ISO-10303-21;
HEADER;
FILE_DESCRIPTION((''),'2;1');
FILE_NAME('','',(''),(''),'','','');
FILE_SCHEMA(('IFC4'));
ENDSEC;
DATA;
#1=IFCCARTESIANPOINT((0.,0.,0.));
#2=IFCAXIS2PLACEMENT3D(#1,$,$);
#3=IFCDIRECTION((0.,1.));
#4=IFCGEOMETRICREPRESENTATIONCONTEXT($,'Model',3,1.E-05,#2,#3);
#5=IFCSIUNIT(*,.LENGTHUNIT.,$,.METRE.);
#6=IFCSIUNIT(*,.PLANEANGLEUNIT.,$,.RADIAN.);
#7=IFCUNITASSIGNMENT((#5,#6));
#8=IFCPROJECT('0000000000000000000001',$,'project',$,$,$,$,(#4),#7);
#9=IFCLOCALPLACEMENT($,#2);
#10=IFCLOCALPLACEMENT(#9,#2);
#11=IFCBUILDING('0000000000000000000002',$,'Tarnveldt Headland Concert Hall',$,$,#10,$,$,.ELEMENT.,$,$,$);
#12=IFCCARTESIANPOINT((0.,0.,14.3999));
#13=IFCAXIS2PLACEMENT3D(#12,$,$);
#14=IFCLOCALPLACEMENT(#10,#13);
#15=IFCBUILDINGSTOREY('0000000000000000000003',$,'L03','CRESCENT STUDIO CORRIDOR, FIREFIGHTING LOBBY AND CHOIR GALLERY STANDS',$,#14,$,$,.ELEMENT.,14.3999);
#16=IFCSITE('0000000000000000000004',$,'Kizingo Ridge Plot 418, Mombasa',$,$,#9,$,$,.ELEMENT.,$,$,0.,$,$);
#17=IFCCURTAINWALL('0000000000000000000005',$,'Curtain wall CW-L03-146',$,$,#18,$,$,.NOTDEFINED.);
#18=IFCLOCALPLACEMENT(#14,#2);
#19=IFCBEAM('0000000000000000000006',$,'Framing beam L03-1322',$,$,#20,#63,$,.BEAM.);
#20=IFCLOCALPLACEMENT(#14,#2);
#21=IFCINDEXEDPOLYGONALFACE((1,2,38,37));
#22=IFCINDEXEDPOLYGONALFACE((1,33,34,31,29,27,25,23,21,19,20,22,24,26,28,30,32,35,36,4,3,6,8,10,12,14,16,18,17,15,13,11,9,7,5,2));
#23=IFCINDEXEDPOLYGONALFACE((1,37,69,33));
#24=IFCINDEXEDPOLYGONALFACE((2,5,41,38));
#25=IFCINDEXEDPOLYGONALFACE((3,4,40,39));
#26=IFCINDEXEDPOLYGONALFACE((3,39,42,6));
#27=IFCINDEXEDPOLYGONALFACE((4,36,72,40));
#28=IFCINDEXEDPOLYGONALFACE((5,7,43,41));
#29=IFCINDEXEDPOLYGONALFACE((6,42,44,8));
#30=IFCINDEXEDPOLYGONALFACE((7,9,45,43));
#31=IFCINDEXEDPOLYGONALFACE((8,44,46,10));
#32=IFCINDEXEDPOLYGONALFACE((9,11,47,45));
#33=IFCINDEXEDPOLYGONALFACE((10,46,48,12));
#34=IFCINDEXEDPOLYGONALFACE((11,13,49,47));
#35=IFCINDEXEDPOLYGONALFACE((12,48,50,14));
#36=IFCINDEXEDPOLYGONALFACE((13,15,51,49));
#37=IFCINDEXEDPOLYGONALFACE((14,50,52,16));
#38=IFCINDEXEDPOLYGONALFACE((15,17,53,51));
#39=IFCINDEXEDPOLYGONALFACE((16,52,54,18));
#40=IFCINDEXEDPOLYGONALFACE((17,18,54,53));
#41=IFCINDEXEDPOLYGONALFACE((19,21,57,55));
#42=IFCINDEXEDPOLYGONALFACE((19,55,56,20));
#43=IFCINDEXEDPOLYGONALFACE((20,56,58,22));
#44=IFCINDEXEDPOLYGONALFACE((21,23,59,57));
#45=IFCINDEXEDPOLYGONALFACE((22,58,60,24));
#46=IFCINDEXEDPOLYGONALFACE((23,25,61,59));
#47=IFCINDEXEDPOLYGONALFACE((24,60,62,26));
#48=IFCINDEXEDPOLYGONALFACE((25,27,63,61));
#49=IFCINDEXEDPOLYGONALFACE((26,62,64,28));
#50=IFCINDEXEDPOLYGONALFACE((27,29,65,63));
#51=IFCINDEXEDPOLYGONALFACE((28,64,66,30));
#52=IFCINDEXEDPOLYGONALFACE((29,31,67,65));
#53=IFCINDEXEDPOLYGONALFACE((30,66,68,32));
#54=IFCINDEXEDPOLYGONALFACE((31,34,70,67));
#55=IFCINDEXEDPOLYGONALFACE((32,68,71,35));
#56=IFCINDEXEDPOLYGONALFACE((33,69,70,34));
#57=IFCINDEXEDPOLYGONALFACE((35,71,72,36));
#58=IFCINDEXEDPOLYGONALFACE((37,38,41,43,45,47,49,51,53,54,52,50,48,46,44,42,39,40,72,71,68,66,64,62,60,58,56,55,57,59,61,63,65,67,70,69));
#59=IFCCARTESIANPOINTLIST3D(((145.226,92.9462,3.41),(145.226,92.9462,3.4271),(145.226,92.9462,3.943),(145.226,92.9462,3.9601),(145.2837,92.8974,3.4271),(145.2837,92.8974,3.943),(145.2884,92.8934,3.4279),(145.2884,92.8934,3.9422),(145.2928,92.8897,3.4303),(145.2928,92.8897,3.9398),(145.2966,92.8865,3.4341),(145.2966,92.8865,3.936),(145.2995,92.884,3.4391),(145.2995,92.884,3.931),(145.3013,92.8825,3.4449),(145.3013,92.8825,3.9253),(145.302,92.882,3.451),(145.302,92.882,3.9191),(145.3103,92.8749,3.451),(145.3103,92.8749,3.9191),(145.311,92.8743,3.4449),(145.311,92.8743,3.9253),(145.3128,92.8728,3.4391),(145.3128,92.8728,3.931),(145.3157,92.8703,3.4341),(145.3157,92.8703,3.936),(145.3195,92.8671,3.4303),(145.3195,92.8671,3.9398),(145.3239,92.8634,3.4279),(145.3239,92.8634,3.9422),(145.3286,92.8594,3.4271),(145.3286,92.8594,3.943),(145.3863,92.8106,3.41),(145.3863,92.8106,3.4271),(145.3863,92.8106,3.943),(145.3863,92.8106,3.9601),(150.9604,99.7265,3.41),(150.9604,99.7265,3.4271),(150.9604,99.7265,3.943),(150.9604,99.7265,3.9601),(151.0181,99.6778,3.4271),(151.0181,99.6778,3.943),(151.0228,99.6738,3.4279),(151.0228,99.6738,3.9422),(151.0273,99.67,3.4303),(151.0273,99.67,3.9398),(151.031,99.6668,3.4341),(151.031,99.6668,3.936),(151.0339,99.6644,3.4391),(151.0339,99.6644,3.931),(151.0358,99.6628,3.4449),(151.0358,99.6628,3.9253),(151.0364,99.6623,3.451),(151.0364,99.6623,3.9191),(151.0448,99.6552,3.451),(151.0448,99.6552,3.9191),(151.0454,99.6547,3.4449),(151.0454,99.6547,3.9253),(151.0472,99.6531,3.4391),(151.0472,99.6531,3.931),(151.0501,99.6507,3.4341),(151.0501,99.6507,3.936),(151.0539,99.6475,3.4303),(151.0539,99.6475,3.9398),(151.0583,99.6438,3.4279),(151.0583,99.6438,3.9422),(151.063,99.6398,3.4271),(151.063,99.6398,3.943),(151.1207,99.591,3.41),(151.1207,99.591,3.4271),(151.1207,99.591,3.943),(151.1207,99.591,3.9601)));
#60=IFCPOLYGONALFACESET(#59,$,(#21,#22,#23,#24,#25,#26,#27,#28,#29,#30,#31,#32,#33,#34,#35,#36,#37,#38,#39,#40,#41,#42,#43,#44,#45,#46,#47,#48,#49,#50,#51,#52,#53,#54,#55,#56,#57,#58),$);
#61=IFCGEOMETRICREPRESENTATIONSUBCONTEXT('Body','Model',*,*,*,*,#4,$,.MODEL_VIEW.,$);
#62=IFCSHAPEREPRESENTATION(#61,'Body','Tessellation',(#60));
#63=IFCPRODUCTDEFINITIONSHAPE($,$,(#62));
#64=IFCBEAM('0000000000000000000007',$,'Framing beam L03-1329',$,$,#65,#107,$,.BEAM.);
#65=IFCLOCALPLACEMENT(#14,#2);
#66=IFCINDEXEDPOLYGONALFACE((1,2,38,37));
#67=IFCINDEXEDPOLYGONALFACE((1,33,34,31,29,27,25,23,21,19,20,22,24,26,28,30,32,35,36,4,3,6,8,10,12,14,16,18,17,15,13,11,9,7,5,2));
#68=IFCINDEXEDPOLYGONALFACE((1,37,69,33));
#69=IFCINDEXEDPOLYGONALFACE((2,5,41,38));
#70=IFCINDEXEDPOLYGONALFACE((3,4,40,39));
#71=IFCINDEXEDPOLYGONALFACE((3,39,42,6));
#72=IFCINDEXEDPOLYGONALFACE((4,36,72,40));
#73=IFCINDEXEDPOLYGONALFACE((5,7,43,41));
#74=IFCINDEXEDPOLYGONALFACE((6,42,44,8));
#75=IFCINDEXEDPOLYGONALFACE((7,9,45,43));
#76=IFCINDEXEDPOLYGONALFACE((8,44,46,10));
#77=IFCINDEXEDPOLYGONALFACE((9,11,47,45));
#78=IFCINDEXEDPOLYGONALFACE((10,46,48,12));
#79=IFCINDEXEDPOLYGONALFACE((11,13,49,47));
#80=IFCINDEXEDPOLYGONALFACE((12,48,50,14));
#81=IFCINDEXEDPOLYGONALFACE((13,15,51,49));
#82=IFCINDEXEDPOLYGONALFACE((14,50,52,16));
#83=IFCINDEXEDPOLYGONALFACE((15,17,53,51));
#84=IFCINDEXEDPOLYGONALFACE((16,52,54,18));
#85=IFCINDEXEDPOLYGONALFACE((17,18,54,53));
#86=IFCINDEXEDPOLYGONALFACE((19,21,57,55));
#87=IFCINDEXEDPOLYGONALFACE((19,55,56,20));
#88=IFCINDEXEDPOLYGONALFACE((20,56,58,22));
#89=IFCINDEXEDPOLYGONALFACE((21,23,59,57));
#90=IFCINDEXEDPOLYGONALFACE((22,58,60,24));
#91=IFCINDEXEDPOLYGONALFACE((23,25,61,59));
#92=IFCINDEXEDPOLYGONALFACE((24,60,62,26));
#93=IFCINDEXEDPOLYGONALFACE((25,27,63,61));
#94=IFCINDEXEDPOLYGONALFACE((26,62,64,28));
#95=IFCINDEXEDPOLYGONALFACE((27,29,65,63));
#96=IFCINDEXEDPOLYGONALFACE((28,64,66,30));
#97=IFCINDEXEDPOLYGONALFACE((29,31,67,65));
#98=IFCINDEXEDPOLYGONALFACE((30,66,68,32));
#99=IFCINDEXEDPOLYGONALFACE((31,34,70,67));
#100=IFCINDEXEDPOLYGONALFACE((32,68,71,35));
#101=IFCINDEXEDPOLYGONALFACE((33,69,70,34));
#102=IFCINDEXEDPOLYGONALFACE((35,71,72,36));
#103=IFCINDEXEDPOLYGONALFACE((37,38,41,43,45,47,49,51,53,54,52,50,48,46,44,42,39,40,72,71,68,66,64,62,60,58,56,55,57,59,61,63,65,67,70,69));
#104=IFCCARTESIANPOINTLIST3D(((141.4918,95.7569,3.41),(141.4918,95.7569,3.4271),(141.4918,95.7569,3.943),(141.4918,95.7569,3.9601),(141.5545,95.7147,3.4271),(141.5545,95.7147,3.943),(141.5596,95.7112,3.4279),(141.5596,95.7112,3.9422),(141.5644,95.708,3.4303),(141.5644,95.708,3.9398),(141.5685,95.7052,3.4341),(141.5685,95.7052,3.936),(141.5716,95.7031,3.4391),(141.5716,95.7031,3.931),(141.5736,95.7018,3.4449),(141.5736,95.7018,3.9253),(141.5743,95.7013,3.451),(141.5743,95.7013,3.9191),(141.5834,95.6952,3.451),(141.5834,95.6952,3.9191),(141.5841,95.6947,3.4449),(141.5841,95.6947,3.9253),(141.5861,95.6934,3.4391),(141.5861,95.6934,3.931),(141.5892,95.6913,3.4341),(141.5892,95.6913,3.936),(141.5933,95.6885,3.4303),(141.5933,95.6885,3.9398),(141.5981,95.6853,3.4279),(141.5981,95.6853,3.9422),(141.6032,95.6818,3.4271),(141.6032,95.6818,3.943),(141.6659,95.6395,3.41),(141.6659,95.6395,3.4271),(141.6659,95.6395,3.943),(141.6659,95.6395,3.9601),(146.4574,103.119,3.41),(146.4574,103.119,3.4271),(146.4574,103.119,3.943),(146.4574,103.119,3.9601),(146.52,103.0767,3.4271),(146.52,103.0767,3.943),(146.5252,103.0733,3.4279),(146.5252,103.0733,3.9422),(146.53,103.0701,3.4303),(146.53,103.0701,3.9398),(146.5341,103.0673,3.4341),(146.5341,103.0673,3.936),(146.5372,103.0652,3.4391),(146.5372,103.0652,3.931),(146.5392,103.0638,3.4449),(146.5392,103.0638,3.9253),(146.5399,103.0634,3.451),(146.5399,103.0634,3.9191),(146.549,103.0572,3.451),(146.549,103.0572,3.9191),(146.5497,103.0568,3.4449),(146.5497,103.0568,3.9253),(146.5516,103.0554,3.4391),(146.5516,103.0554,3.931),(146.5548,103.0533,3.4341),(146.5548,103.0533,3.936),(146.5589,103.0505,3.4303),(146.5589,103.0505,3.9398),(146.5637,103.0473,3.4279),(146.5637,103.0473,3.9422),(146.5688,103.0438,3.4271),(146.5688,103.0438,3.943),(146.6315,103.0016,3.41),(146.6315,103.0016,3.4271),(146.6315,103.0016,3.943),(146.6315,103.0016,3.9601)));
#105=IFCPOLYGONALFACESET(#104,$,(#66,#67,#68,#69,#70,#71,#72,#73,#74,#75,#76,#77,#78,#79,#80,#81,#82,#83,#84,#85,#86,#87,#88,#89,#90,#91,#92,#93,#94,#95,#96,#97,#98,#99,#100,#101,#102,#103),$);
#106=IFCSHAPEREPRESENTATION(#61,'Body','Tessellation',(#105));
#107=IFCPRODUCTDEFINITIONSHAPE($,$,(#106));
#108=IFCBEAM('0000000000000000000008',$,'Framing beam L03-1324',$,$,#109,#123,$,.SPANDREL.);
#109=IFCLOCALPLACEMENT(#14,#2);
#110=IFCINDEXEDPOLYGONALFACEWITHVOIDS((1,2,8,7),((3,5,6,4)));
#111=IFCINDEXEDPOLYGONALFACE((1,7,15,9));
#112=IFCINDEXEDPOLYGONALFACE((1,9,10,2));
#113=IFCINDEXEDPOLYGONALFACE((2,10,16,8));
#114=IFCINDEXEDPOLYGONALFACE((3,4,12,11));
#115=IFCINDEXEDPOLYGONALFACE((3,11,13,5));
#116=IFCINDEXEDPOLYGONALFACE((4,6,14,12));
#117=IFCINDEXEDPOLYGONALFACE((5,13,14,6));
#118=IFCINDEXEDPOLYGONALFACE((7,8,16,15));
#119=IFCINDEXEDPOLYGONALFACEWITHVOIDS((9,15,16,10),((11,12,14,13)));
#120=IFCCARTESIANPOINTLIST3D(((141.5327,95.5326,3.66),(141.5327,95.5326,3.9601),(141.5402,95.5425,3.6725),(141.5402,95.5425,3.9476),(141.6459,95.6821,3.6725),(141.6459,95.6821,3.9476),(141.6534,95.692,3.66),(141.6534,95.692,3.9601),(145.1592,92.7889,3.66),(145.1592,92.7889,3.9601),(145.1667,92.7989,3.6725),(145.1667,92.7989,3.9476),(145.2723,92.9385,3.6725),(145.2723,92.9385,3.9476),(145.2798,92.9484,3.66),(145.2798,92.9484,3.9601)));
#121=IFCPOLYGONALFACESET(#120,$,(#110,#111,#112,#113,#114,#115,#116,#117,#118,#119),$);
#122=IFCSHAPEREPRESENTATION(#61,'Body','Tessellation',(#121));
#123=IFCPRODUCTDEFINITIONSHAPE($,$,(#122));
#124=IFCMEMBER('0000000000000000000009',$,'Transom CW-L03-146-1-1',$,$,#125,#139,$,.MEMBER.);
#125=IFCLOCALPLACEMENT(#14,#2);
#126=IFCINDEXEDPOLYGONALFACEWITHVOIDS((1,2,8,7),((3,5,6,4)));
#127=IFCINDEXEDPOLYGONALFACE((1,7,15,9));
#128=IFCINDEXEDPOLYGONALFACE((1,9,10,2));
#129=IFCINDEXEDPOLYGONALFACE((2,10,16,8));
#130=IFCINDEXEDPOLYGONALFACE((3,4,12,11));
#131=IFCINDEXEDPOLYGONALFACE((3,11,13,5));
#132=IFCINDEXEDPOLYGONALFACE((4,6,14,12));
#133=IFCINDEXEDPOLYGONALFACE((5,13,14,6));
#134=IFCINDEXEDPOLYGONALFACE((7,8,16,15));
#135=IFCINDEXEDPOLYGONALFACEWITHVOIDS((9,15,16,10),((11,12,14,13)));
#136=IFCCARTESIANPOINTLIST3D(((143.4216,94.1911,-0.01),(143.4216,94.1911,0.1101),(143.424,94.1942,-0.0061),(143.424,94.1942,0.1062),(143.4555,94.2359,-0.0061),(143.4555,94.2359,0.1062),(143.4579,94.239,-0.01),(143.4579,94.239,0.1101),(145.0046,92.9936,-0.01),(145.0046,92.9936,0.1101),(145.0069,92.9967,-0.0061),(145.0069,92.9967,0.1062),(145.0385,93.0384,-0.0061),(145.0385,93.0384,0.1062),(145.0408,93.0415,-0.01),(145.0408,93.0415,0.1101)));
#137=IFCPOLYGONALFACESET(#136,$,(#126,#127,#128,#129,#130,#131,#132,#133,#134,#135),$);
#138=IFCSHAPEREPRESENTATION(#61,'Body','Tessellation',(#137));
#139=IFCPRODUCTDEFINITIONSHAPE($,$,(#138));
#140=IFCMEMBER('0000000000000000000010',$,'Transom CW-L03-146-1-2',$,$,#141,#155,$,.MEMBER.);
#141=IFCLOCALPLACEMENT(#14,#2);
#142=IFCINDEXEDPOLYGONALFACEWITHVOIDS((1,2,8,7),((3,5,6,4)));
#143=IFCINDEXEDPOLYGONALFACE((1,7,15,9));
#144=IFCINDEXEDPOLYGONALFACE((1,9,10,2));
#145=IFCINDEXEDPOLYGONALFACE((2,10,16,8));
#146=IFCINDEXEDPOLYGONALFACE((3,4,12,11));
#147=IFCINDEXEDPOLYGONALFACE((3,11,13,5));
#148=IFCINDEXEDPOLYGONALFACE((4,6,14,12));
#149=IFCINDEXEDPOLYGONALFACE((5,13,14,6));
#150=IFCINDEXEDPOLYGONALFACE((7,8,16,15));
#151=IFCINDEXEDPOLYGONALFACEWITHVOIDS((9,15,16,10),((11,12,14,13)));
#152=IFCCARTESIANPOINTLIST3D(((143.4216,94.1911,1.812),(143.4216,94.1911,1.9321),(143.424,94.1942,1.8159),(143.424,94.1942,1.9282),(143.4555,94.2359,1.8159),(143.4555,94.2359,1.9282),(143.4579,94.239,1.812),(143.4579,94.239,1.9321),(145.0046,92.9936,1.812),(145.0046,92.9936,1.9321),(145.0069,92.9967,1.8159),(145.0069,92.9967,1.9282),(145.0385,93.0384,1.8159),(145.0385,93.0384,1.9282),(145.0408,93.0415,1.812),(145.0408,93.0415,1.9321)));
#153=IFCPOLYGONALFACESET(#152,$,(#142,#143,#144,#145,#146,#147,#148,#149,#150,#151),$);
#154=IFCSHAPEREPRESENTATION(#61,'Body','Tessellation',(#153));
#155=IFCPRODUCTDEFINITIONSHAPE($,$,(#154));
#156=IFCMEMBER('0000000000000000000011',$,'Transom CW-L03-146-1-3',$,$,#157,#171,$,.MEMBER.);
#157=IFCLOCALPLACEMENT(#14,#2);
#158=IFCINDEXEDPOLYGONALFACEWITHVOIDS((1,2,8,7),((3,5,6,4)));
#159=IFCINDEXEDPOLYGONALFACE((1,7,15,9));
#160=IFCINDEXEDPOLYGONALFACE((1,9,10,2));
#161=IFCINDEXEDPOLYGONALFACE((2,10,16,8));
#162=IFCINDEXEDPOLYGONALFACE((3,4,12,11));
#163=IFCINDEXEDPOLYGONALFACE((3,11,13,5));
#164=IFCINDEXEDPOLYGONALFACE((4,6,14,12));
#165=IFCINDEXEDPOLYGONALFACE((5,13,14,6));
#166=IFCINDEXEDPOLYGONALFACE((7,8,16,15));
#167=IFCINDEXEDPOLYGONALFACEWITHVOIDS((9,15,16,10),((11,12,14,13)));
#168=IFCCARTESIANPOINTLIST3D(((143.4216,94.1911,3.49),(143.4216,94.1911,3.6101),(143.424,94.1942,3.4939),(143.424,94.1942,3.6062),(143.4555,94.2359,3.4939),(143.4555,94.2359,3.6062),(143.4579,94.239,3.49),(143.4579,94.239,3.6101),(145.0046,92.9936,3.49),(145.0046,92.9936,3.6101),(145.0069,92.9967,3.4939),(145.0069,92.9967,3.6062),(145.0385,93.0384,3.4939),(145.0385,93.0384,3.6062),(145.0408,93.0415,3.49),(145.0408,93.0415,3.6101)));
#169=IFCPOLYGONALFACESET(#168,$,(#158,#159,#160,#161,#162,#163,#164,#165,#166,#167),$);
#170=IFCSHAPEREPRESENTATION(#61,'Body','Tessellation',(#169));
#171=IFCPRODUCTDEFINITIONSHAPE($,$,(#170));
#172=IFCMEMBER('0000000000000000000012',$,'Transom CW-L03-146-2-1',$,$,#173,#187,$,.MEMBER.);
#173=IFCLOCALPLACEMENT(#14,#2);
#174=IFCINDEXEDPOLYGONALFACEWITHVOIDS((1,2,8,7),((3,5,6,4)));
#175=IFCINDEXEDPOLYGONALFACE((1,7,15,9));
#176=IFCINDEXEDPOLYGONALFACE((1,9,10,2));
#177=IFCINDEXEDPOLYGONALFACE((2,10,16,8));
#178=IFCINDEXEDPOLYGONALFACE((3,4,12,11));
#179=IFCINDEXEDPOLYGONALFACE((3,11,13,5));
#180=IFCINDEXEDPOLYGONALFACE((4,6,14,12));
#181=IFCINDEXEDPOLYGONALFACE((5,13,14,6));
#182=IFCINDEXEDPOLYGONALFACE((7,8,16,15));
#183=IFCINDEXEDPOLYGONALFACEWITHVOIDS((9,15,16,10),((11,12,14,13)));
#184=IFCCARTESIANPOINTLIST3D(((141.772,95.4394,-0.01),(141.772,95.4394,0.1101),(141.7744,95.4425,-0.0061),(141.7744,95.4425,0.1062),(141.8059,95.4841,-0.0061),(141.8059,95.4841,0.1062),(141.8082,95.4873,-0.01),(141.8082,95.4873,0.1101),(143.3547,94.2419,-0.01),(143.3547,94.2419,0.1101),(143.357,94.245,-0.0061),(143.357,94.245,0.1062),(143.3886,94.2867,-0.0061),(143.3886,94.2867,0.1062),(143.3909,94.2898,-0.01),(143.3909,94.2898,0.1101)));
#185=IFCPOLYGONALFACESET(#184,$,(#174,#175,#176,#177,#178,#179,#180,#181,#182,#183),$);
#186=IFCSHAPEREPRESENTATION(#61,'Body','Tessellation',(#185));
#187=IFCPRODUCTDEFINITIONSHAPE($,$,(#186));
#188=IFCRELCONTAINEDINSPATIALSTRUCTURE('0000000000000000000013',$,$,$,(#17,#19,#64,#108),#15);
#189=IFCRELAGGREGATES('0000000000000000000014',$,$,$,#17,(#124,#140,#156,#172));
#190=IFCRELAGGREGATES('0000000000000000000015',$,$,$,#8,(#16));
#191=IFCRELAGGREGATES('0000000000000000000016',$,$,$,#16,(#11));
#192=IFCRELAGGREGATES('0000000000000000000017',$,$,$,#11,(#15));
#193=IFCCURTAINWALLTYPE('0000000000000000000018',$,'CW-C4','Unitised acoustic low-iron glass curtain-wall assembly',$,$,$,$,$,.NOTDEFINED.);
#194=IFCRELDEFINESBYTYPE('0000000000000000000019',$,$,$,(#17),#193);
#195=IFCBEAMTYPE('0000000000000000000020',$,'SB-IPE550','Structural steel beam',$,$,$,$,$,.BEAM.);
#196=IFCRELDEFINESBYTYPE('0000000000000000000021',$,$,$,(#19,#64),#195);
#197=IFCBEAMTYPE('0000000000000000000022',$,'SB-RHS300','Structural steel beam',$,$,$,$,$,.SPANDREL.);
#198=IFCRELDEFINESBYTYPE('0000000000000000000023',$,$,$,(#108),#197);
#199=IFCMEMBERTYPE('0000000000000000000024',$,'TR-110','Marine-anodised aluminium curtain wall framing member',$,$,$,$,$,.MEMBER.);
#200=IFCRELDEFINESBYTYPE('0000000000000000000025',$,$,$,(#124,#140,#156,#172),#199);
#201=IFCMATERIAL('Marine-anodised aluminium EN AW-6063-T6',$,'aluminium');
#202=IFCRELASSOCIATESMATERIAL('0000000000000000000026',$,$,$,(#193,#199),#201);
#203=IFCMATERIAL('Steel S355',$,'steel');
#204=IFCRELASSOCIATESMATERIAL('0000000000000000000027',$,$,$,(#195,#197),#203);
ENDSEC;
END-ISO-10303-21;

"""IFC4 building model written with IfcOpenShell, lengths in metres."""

from ifc_helpers import new_model, si_unit, direction, frame, origin, origin_2d, place, context, subcontext, project, spatial, hollow_rectangle, i_section, extrude, material, material_profile, profile_set, type_object, element, aggregate, save


model = new_model("IFC4")

# Units and contexts
model_context = context("Model", 3, precision=1e-05, world=origin(), true_north=direction((0.0, 1.0)))
body_context = subcontext(model_context, "Body", "Model", "MODEL_VIEW")
ifc_project = project(units=[si_unit("LENGTHUNIT", "METRE"), si_unit("PLANEANGLEUNIT", "RADIAN")], contexts=[model_context])

# Site, building, storey
site_placement = place(None, origin())
site = spatial("IfcSite", under=ifc_project, at=site_placement, Name="Kizingo Ridge Plot 418, Mombasa", CompositionType="ELEMENT", RefElevation=0.0)
building_placement = place(site_placement, origin())
building = spatial("IfcBuilding", under=site, at=building_placement, Name="Tarnveldt Headland Concert Hall", CompositionType="ELEMENT")
storey_placement = place(building_placement, frame((0.0, 0.0, 14.3999)))
storey = spatial("IfcBuildingStorey", under=building, at=storey_placement, Name="L03", Description="CRESCENT STUDIO CORRIDOR, FIREFIGHTING LOBBY AND CHOIR GALLERY STANDS", CompositionType="ELEMENT", Elevation=14.3999)

# Shared definitions
ifc_material_1 = material(Name="Steel S355", Category="steel")

# Shared definitions
ifc_material_2 = material(Name="Marine-anodised aluminium EN AW-6063-T6", Category="aluminium")
curtain_wall_type = type_object("IfcCurtainWallType", Name="CW-C4", Description="Unitised acoustic low-iron glass curtain-wall assembly", PredefinedType="NOTDEFINED", material=ifc_material_2)

# Curtain wall
curtain_wall_1_placement = place(storey_placement, origin())
curtain_wall_1 = element("IfcCurtainWall", 1, at=curtain_wall_1_placement, inside=storey, type_object=curtain_wall_type, Name="Curtain wall CW-L03-146", PredefinedType="NOTDEFINED")

# Beams
ifc_material_profile_1 = material_profile(ifc_material_1, i_section(OverallWidth=0.21, OverallDepth=0.55, WebThickness=0.011, FlangeThickness=0.0171, FilletRadius=0.0239, at=origin_2d()), Name="IPE550", Category="steel")
ifc_profile_set_1 = profile_set([ifc_material_profile_1], Name="Steel S355")
beam_type_1 = type_object("IfcBeamType", Name="SB-IPE550", Description="Structural steel beam", PredefinedType="BEAM", material=ifc_profile_set_1)
for number, where, z_axis, x_axis, name in (
    (2, (145.3062, 92.8784, 3.6851), (0.64576, 0.763541, 0.0), (-0.763541, 0.64576, 0.0), "Framing beam L03-1322"),
    (3, (141.5789, 95.6982, 3.6851), (0.559178, 0.829048, 0.0), (-0.829048, 0.559178, 0.0), "Framing beam L03-1329"),
):
    element("IfcBeam", number, at=place(storey_placement, frame(where, z_axis=z_axis, x_axis=x_axis)), inside=storey, type_object=beam_type_1, Name=name, PredefinedType="BEAM", context=body_context, shape_type="SweptSolid", body=[
        extrude(i_section(OverallWidth=0.21, OverallDepth=0.55, WebThickness=0.011, FlangeThickness=0.0171, FilletRadius=0.0239, at=origin_2d()), origin(), (0.0, 0.0, 1.0), 8.8801),
    ])
ifc_material_profile_2 = material_profile(ifc_material_1, hollow_rectangle(XDim=0.2, YDim=0.3, WallThickness=0.0125, at=origin_2d()), Name="RHS 300x200x12.5", Category="steel")
ifc_profile_set_2 = profile_set([ifc_material_profile_2], Name="Steel S355")
beam_type_2 = type_object("IfcBeamType", Name="SB-RHS300", Description="Structural steel beam", PredefinedType="SPANDREL", material=ifc_profile_set_2)
beam_placement = place(storey_placement, frame((145.2195, 92.8687, 3.8101), z_axis=(-0.79748, 0.603345, 0.0), x_axis=(-0.603345, -0.79748, 0.0)))
element("IfcBeam", 4, at=beam_placement, inside=storey, type_object=beam_type_2, Name="Framing beam L03-1324", PredefinedType="SPANDREL", context=body_context, shape_type="SweptSolid", body=[
    extrude(hollow_rectangle(XDim=0.2, YDim=0.3, WallThickness=0.0125, at=origin_2d()), origin(), (0.0, 0.0, 1.0), 4.5474),
])

# Members
ifc_material_profile_3 = material_profile(ifc_material_2, hollow_rectangle(XDim=0.0601, YDim=0.1201, WallThickness=0.0039, at=origin_2d()), Name="ALU TRANSOM 60x120x4", Category="aluminium")
ifc_profile_set_3 = profile_set([ifc_material_profile_3], Name="Marine-anodised aluminium EN AW-6063-T6")
member_type_1 = type_object("IfcMemberType", Name="TR-110", Description="Marine-anodised aluminium curtain wall framing member", PredefinedType="MEMBER", material=ifc_profile_set_3)
member_1_placement = place(storey_placement, frame((145.0227, 93.0176, 0.05), z_axis=(-0.797514, 0.603301, 0.0), x_axis=(-0.603301, -0.797514, 0.0)))
member_1 = element("IfcMember", 5, at=member_1_placement, type_object=member_type_1, Name="Transom CW-L03-146-1-1", PredefinedType="MEMBER", context=body_context, shape_type="SweptSolid", body=[
    extrude(hollow_rectangle(XDim=0.0601, YDim=0.1201, WallThickness=0.0039, at=origin_2d()), origin(), (0.0, 0.0, 1.0), 1.9849),
])
member_2_placement = place(storey_placement, frame((145.0227, 93.0176, 1.8721), z_axis=(-0.797514, 0.603301, 0.0), x_axis=(-0.603301, -0.797514, 0.0)))
member_2 = element("IfcMember", 6, at=member_2_placement, type_object=member_type_1, Name="Transom CW-L03-146-1-2", PredefinedType="MEMBER", context=body_context, shape_type="SweptSolid", body=[
    extrude(hollow_rectangle(XDim=0.0601, YDim=0.1201, WallThickness=0.0039, at=origin_2d()), origin(), (0.0, 0.0, 1.0), 1.9849),
])
member_3_placement = place(storey_placement, frame((145.0227, 93.0176, 3.55), z_axis=(-0.797514, 0.603301, 0.0), x_axis=(-0.603301, -0.797514, 0.0)))
member_3 = element("IfcMember", 7, at=member_3_placement, type_object=member_type_1, Name="Transom CW-L03-146-1-3", PredefinedType="MEMBER", context=body_context, shape_type="SweptSolid", body=[
    extrude(hollow_rectangle(XDim=0.0601, YDim=0.1201, WallThickness=0.0039, at=origin_2d()), origin(), (0.0, 0.0, 1.0), 1.9849),
])
member_4_placement = place(storey_placement, frame((143.3728, 94.2659, 0.05), z_axis=(-0.797469, 0.60336, 0.0), x_axis=(-0.60336, -0.797469, 0.0)))
member_4 = element("IfcMember", 8, at=member_4_placement, type_object=member_type_1, Name="Transom CW-L03-146-2-1", PredefinedType="MEMBER", context=body_context, shape_type="SweptSolid", body=[
    extrude(hollow_rectangle(XDim=0.0601, YDim=0.1201, WallThickness=0.0039, at=origin_2d()), origin(), (0.0, 0.0, 1.0), 1.9846),
])

aggregate(curtain_wall_1, [member_1, member_2, member_3, member_4])

save(model, "model.ifc")
